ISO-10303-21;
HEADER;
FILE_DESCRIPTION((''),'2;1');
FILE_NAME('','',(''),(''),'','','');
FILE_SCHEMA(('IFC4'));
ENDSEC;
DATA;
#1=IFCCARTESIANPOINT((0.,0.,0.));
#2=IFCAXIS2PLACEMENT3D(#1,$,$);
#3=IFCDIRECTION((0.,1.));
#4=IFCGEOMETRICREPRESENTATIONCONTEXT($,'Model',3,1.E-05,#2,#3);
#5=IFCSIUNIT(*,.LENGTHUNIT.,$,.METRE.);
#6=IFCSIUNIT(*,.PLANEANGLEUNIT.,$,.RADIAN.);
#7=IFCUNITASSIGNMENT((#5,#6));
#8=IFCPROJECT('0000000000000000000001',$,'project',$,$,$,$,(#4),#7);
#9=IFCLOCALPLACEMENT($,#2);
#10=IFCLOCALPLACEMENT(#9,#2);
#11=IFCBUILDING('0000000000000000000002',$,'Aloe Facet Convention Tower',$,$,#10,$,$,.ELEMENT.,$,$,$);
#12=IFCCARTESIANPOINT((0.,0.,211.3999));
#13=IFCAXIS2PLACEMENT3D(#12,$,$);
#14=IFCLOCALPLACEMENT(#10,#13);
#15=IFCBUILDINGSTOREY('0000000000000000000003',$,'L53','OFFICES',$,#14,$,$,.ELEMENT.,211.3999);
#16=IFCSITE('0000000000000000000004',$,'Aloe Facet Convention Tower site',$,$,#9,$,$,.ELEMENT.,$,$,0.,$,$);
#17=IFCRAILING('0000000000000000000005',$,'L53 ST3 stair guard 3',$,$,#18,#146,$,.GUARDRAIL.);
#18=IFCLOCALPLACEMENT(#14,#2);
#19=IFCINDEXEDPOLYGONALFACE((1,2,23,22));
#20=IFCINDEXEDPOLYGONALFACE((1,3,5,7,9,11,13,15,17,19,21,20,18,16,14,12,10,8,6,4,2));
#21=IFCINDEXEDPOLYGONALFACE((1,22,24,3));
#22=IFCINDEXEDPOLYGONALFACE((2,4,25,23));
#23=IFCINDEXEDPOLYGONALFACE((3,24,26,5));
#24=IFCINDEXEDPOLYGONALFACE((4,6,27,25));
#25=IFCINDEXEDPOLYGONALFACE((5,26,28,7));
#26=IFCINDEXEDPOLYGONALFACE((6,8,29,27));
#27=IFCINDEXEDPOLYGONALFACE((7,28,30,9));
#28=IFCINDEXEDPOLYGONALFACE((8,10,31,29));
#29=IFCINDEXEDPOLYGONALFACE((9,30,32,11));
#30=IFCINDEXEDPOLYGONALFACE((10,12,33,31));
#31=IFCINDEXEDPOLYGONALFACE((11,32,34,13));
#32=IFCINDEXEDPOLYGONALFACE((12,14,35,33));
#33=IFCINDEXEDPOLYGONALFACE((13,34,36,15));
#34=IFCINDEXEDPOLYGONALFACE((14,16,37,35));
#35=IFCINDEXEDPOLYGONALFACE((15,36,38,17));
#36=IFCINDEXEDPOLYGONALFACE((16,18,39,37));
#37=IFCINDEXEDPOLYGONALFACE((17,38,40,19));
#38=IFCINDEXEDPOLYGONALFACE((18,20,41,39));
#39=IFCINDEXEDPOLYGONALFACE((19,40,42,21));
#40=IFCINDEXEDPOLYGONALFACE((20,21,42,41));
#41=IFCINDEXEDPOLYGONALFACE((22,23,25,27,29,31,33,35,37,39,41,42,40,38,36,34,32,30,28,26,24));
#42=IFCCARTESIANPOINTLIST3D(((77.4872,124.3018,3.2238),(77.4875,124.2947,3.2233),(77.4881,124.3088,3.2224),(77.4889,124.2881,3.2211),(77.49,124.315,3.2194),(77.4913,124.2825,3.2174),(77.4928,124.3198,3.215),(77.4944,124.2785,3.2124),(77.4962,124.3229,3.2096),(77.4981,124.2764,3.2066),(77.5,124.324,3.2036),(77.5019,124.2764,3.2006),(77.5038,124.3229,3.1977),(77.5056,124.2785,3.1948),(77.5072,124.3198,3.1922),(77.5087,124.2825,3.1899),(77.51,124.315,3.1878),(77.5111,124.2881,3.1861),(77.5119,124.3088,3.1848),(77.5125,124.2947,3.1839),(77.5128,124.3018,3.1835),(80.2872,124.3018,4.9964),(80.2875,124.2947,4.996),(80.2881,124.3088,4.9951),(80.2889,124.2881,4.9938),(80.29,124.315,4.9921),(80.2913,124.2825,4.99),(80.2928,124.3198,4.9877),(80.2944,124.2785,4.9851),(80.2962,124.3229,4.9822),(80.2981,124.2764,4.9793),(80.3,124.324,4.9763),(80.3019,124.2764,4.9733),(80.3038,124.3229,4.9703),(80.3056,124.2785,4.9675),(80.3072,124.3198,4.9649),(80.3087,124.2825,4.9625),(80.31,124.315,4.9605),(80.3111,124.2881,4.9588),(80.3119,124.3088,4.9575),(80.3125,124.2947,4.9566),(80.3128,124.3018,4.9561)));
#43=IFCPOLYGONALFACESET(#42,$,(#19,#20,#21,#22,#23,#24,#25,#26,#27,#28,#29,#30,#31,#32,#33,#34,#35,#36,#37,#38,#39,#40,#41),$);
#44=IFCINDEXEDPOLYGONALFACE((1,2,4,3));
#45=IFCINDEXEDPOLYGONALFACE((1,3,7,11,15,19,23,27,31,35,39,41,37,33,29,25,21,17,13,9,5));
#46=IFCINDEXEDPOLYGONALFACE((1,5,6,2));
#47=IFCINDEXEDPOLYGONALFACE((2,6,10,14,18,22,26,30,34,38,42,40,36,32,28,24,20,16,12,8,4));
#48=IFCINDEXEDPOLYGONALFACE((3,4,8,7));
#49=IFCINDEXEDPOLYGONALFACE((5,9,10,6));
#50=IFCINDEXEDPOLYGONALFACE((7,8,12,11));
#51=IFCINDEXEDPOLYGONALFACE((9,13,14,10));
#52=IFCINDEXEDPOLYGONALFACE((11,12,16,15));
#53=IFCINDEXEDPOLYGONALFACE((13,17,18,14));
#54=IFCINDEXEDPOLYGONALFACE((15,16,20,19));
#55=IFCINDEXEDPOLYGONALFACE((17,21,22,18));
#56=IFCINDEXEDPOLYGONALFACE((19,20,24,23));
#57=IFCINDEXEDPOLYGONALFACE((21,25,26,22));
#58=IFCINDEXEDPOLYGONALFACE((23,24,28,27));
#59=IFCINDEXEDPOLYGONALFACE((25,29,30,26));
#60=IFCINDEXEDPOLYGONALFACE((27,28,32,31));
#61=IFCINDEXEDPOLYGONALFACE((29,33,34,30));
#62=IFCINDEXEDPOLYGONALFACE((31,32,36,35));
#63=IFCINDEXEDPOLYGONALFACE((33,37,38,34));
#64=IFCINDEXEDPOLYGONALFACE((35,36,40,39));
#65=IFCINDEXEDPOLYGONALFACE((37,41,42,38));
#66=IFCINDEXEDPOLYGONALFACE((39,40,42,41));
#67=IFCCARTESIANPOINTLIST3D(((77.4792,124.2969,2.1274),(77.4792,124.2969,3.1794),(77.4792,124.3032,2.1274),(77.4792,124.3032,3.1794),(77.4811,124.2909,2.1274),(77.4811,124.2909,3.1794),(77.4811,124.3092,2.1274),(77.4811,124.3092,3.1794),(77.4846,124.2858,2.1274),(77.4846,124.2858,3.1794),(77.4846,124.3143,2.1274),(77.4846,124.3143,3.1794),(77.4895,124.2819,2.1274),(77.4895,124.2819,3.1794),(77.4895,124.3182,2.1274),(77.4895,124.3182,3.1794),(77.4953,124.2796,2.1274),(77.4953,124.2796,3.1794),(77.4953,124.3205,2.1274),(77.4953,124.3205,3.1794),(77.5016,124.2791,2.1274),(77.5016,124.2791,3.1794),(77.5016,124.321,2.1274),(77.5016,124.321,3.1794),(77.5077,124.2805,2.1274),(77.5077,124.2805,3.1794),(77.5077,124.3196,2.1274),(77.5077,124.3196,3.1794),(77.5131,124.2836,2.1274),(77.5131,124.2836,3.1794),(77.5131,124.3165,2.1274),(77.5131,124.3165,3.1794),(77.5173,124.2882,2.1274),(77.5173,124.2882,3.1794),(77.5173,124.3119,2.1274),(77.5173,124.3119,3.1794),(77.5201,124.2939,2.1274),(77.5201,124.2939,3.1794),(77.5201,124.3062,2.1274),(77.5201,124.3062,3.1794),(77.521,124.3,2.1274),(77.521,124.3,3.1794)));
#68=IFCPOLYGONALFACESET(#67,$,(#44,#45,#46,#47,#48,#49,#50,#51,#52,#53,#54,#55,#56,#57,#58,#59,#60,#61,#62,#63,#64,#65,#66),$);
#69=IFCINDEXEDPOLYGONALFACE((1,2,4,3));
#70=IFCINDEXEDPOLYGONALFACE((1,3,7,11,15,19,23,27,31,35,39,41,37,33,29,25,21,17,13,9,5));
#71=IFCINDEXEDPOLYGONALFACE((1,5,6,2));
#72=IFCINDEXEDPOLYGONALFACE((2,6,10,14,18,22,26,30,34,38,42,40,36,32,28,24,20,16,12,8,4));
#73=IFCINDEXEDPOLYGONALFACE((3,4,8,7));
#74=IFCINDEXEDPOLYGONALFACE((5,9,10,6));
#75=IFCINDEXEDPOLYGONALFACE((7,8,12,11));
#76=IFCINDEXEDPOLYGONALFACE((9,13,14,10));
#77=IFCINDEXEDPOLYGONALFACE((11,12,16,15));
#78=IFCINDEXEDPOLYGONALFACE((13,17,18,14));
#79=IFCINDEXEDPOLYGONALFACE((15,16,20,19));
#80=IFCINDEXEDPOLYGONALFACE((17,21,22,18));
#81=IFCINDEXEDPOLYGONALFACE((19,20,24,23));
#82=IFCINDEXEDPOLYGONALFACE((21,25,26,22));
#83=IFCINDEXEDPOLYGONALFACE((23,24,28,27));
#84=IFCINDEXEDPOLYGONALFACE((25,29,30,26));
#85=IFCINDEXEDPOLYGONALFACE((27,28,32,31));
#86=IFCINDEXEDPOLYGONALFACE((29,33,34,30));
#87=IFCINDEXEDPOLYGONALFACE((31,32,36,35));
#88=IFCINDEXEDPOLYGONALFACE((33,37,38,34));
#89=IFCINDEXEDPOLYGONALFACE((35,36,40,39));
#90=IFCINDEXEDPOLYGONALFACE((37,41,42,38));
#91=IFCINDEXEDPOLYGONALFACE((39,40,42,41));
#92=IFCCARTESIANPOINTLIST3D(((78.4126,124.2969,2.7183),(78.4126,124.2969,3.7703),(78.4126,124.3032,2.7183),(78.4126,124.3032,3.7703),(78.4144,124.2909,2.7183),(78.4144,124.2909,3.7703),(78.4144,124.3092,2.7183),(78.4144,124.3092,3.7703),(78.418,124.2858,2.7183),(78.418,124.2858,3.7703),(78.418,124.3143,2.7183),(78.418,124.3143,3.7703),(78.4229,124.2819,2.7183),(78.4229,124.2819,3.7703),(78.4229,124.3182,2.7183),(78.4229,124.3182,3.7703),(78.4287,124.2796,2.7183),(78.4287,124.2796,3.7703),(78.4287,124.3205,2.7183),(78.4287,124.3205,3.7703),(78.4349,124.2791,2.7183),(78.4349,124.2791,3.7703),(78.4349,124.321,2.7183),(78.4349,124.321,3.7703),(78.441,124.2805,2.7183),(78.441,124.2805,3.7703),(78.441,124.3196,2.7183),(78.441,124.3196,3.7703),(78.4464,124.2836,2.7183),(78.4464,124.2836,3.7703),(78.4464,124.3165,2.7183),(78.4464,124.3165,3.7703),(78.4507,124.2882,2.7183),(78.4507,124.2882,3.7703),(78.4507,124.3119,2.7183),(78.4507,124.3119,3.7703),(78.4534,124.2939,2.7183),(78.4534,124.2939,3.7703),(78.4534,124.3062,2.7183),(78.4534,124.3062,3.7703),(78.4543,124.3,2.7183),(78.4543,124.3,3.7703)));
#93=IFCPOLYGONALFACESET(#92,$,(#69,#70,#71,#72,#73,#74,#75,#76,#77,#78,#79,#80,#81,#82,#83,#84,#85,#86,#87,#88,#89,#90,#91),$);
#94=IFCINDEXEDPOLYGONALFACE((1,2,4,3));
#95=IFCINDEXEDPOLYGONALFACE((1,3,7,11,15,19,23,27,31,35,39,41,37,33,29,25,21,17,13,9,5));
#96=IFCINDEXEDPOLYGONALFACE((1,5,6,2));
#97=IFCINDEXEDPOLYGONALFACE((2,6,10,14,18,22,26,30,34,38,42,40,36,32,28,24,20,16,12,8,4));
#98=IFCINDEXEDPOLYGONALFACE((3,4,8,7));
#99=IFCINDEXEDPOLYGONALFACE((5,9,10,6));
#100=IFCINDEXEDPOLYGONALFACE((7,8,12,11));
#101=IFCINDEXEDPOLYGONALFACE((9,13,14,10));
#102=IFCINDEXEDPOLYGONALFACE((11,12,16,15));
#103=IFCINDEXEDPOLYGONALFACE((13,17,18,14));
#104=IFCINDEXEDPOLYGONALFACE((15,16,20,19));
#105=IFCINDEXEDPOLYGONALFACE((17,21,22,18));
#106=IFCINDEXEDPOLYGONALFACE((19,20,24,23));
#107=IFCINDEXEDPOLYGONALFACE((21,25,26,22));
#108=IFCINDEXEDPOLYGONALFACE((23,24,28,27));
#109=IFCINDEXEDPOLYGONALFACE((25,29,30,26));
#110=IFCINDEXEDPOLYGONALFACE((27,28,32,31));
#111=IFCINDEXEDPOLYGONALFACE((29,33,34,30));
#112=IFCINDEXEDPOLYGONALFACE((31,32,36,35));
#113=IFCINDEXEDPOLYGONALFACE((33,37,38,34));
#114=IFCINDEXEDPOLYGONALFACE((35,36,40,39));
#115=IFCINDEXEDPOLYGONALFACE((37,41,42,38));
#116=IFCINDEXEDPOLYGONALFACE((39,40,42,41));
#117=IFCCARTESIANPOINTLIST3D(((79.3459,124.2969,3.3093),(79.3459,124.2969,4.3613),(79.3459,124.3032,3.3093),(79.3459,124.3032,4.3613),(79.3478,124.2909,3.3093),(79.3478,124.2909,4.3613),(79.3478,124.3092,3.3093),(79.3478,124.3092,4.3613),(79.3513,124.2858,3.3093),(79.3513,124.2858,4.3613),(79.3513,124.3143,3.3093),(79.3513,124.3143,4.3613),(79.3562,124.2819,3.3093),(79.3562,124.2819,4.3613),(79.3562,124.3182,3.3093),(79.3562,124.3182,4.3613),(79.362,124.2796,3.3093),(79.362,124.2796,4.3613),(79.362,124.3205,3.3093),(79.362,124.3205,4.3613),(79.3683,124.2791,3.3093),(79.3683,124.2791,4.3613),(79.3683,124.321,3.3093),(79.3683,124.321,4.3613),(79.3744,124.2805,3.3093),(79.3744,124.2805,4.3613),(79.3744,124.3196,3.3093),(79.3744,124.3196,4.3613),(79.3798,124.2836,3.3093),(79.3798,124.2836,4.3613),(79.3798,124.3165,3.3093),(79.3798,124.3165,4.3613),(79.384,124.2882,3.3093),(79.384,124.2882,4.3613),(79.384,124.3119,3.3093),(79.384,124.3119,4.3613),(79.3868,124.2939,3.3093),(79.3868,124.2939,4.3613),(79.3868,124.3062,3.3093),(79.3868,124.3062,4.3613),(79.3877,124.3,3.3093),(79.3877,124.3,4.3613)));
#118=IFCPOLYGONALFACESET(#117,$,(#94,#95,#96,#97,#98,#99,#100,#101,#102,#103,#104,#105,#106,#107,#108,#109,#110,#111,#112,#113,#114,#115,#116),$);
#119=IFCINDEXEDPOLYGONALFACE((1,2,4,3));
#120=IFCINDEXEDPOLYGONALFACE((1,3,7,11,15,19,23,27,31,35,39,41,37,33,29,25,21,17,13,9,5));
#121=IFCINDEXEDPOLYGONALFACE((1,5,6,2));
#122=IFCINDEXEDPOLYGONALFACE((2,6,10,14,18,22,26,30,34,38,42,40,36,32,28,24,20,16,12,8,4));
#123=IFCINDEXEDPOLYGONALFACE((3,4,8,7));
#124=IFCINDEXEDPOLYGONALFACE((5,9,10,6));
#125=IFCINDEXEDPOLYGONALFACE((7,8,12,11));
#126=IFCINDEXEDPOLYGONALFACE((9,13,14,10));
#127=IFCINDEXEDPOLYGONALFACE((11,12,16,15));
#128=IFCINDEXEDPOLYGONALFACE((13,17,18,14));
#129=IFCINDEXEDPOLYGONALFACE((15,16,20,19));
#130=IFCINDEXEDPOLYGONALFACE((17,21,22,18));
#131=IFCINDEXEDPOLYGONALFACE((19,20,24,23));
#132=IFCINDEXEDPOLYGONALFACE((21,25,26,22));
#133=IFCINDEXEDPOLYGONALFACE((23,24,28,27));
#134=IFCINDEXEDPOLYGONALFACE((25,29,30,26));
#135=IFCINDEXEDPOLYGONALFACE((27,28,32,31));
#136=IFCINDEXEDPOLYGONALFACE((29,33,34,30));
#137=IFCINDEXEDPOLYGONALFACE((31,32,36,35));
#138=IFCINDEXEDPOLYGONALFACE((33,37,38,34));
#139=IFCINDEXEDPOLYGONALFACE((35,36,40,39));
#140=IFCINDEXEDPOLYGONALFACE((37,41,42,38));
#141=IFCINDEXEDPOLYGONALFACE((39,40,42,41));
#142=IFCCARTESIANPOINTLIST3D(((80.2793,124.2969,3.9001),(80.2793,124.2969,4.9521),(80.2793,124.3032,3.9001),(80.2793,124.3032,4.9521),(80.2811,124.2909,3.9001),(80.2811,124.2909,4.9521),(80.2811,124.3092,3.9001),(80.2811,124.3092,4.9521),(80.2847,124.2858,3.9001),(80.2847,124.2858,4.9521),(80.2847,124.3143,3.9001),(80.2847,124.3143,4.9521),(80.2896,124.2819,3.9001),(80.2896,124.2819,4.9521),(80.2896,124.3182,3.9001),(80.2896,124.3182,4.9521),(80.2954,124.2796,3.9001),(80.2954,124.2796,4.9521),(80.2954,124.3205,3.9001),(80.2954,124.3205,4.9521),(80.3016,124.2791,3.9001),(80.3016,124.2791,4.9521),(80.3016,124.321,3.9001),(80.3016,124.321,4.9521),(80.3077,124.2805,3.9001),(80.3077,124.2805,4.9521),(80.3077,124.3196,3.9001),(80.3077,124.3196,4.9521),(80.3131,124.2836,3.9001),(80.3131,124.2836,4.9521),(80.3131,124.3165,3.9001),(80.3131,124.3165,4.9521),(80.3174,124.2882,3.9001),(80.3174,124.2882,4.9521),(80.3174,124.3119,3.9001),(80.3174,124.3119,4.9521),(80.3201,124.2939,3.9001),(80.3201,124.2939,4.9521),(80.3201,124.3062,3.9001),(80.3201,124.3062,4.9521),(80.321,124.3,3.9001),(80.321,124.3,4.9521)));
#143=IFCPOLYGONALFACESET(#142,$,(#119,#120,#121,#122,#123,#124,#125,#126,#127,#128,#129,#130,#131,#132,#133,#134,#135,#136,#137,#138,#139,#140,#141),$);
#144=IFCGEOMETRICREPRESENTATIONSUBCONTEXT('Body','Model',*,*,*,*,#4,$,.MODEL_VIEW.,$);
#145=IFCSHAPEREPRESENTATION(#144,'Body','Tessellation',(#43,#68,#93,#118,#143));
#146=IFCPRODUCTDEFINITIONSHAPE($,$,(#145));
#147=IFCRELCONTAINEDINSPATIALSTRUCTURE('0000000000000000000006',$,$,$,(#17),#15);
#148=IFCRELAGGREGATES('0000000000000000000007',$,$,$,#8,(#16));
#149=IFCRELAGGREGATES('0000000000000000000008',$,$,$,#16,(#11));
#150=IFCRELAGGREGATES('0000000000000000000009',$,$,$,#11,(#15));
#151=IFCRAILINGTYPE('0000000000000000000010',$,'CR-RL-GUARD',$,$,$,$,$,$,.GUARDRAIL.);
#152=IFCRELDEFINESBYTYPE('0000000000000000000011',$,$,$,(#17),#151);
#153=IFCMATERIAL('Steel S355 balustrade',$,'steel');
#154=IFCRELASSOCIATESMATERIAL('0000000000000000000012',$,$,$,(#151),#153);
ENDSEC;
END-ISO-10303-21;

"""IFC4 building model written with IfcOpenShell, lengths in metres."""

from ifc_helpers import new_model, si_unit, direction, frame, origin, origin_2d, place, context, subcontext, project, spatial, circle, extrude, material, type_object, element, save


model = new_model("IFC4")

# Units and contexts
model_context = context("Model", 3, precision=1e-05, world=origin(), true_north=direction((0.0, 1.0)))
body_context = subcontext(model_context, "Body", "Model", "MODEL_VIEW")
ifc_project = project(units=[si_unit("LENGTHUNIT", "METRE"), si_unit("PLANEANGLEUNIT", "RADIAN")], contexts=[model_context])

# Site, building, storey
site_placement = place(None, origin())
site = spatial("IfcSite", under=ifc_project, at=site_placement, Name="Aloe Facet Convention Tower site", CompositionType="ELEMENT", RefElevation=0.0)
building_placement = place(site_placement, origin())
building = spatial("IfcBuilding", under=site, at=building_placement, Name="Aloe Facet Convention Tower", CompositionType="ELEMENT")
storey_placement = place(building_placement, frame((0.0, 0.0, 211.3999)))
storey = spatial("IfcBuildingStorey", under=building, at=storey_placement, Name="L53", Description="OFFICES", CompositionType="ELEMENT", Elevation=211.3999)

# Railing
ifc_material_1 = material(Name="Steel S355 balustrade", Category="steel")
railing_type_1 = type_object("IfcRailingType", Name="CR-RL-GUARD", PredefinedType="GUARDRAIL", material=ifc_material_1)
railing_1_placement = place(storey_placement, frame((77.5, 124.3, 2.1274)))
element("IfcRailing", 1, at=railing_1_placement, inside=storey, type_object=railing_type_1, Name="L53 ST3 stair guard 3", PredefinedType="GUARDRAIL", context=body_context, shape_type="SweptSolid", body=[
    extrude(circle(Radius=0.0239, at=origin_2d()), frame((0.0, 0.0, 1.0762), z_axis=(0.844909, 0.0, 0.53491), x_axis=(0.0, 1.0, 0.0)), (0.0, 0.0, 1.0), 3.314),
    extrude(circle(Radius=0.021, at=origin_2d()), origin(), (0.0, 0.0, 1.0), 1.052),
    extrude(circle(Radius=0.021, at=origin_2d()), frame((0.9333, 0.0, 0.5908)), (0.0, 0.0, 1.0), 1.052),
    extrude(circle(Radius=0.021, at=origin_2d()), frame((1.8667, 0.0, 1.1819)), (0.0, 0.0, 1.0), 1.052),
    extrude(circle(Radius=0.021, at=origin_2d()), frame((2.8, 0.0, 1.7727)), (0.0, 0.0, 1.0), 1.052),
])

save(model, "model.ifc")
